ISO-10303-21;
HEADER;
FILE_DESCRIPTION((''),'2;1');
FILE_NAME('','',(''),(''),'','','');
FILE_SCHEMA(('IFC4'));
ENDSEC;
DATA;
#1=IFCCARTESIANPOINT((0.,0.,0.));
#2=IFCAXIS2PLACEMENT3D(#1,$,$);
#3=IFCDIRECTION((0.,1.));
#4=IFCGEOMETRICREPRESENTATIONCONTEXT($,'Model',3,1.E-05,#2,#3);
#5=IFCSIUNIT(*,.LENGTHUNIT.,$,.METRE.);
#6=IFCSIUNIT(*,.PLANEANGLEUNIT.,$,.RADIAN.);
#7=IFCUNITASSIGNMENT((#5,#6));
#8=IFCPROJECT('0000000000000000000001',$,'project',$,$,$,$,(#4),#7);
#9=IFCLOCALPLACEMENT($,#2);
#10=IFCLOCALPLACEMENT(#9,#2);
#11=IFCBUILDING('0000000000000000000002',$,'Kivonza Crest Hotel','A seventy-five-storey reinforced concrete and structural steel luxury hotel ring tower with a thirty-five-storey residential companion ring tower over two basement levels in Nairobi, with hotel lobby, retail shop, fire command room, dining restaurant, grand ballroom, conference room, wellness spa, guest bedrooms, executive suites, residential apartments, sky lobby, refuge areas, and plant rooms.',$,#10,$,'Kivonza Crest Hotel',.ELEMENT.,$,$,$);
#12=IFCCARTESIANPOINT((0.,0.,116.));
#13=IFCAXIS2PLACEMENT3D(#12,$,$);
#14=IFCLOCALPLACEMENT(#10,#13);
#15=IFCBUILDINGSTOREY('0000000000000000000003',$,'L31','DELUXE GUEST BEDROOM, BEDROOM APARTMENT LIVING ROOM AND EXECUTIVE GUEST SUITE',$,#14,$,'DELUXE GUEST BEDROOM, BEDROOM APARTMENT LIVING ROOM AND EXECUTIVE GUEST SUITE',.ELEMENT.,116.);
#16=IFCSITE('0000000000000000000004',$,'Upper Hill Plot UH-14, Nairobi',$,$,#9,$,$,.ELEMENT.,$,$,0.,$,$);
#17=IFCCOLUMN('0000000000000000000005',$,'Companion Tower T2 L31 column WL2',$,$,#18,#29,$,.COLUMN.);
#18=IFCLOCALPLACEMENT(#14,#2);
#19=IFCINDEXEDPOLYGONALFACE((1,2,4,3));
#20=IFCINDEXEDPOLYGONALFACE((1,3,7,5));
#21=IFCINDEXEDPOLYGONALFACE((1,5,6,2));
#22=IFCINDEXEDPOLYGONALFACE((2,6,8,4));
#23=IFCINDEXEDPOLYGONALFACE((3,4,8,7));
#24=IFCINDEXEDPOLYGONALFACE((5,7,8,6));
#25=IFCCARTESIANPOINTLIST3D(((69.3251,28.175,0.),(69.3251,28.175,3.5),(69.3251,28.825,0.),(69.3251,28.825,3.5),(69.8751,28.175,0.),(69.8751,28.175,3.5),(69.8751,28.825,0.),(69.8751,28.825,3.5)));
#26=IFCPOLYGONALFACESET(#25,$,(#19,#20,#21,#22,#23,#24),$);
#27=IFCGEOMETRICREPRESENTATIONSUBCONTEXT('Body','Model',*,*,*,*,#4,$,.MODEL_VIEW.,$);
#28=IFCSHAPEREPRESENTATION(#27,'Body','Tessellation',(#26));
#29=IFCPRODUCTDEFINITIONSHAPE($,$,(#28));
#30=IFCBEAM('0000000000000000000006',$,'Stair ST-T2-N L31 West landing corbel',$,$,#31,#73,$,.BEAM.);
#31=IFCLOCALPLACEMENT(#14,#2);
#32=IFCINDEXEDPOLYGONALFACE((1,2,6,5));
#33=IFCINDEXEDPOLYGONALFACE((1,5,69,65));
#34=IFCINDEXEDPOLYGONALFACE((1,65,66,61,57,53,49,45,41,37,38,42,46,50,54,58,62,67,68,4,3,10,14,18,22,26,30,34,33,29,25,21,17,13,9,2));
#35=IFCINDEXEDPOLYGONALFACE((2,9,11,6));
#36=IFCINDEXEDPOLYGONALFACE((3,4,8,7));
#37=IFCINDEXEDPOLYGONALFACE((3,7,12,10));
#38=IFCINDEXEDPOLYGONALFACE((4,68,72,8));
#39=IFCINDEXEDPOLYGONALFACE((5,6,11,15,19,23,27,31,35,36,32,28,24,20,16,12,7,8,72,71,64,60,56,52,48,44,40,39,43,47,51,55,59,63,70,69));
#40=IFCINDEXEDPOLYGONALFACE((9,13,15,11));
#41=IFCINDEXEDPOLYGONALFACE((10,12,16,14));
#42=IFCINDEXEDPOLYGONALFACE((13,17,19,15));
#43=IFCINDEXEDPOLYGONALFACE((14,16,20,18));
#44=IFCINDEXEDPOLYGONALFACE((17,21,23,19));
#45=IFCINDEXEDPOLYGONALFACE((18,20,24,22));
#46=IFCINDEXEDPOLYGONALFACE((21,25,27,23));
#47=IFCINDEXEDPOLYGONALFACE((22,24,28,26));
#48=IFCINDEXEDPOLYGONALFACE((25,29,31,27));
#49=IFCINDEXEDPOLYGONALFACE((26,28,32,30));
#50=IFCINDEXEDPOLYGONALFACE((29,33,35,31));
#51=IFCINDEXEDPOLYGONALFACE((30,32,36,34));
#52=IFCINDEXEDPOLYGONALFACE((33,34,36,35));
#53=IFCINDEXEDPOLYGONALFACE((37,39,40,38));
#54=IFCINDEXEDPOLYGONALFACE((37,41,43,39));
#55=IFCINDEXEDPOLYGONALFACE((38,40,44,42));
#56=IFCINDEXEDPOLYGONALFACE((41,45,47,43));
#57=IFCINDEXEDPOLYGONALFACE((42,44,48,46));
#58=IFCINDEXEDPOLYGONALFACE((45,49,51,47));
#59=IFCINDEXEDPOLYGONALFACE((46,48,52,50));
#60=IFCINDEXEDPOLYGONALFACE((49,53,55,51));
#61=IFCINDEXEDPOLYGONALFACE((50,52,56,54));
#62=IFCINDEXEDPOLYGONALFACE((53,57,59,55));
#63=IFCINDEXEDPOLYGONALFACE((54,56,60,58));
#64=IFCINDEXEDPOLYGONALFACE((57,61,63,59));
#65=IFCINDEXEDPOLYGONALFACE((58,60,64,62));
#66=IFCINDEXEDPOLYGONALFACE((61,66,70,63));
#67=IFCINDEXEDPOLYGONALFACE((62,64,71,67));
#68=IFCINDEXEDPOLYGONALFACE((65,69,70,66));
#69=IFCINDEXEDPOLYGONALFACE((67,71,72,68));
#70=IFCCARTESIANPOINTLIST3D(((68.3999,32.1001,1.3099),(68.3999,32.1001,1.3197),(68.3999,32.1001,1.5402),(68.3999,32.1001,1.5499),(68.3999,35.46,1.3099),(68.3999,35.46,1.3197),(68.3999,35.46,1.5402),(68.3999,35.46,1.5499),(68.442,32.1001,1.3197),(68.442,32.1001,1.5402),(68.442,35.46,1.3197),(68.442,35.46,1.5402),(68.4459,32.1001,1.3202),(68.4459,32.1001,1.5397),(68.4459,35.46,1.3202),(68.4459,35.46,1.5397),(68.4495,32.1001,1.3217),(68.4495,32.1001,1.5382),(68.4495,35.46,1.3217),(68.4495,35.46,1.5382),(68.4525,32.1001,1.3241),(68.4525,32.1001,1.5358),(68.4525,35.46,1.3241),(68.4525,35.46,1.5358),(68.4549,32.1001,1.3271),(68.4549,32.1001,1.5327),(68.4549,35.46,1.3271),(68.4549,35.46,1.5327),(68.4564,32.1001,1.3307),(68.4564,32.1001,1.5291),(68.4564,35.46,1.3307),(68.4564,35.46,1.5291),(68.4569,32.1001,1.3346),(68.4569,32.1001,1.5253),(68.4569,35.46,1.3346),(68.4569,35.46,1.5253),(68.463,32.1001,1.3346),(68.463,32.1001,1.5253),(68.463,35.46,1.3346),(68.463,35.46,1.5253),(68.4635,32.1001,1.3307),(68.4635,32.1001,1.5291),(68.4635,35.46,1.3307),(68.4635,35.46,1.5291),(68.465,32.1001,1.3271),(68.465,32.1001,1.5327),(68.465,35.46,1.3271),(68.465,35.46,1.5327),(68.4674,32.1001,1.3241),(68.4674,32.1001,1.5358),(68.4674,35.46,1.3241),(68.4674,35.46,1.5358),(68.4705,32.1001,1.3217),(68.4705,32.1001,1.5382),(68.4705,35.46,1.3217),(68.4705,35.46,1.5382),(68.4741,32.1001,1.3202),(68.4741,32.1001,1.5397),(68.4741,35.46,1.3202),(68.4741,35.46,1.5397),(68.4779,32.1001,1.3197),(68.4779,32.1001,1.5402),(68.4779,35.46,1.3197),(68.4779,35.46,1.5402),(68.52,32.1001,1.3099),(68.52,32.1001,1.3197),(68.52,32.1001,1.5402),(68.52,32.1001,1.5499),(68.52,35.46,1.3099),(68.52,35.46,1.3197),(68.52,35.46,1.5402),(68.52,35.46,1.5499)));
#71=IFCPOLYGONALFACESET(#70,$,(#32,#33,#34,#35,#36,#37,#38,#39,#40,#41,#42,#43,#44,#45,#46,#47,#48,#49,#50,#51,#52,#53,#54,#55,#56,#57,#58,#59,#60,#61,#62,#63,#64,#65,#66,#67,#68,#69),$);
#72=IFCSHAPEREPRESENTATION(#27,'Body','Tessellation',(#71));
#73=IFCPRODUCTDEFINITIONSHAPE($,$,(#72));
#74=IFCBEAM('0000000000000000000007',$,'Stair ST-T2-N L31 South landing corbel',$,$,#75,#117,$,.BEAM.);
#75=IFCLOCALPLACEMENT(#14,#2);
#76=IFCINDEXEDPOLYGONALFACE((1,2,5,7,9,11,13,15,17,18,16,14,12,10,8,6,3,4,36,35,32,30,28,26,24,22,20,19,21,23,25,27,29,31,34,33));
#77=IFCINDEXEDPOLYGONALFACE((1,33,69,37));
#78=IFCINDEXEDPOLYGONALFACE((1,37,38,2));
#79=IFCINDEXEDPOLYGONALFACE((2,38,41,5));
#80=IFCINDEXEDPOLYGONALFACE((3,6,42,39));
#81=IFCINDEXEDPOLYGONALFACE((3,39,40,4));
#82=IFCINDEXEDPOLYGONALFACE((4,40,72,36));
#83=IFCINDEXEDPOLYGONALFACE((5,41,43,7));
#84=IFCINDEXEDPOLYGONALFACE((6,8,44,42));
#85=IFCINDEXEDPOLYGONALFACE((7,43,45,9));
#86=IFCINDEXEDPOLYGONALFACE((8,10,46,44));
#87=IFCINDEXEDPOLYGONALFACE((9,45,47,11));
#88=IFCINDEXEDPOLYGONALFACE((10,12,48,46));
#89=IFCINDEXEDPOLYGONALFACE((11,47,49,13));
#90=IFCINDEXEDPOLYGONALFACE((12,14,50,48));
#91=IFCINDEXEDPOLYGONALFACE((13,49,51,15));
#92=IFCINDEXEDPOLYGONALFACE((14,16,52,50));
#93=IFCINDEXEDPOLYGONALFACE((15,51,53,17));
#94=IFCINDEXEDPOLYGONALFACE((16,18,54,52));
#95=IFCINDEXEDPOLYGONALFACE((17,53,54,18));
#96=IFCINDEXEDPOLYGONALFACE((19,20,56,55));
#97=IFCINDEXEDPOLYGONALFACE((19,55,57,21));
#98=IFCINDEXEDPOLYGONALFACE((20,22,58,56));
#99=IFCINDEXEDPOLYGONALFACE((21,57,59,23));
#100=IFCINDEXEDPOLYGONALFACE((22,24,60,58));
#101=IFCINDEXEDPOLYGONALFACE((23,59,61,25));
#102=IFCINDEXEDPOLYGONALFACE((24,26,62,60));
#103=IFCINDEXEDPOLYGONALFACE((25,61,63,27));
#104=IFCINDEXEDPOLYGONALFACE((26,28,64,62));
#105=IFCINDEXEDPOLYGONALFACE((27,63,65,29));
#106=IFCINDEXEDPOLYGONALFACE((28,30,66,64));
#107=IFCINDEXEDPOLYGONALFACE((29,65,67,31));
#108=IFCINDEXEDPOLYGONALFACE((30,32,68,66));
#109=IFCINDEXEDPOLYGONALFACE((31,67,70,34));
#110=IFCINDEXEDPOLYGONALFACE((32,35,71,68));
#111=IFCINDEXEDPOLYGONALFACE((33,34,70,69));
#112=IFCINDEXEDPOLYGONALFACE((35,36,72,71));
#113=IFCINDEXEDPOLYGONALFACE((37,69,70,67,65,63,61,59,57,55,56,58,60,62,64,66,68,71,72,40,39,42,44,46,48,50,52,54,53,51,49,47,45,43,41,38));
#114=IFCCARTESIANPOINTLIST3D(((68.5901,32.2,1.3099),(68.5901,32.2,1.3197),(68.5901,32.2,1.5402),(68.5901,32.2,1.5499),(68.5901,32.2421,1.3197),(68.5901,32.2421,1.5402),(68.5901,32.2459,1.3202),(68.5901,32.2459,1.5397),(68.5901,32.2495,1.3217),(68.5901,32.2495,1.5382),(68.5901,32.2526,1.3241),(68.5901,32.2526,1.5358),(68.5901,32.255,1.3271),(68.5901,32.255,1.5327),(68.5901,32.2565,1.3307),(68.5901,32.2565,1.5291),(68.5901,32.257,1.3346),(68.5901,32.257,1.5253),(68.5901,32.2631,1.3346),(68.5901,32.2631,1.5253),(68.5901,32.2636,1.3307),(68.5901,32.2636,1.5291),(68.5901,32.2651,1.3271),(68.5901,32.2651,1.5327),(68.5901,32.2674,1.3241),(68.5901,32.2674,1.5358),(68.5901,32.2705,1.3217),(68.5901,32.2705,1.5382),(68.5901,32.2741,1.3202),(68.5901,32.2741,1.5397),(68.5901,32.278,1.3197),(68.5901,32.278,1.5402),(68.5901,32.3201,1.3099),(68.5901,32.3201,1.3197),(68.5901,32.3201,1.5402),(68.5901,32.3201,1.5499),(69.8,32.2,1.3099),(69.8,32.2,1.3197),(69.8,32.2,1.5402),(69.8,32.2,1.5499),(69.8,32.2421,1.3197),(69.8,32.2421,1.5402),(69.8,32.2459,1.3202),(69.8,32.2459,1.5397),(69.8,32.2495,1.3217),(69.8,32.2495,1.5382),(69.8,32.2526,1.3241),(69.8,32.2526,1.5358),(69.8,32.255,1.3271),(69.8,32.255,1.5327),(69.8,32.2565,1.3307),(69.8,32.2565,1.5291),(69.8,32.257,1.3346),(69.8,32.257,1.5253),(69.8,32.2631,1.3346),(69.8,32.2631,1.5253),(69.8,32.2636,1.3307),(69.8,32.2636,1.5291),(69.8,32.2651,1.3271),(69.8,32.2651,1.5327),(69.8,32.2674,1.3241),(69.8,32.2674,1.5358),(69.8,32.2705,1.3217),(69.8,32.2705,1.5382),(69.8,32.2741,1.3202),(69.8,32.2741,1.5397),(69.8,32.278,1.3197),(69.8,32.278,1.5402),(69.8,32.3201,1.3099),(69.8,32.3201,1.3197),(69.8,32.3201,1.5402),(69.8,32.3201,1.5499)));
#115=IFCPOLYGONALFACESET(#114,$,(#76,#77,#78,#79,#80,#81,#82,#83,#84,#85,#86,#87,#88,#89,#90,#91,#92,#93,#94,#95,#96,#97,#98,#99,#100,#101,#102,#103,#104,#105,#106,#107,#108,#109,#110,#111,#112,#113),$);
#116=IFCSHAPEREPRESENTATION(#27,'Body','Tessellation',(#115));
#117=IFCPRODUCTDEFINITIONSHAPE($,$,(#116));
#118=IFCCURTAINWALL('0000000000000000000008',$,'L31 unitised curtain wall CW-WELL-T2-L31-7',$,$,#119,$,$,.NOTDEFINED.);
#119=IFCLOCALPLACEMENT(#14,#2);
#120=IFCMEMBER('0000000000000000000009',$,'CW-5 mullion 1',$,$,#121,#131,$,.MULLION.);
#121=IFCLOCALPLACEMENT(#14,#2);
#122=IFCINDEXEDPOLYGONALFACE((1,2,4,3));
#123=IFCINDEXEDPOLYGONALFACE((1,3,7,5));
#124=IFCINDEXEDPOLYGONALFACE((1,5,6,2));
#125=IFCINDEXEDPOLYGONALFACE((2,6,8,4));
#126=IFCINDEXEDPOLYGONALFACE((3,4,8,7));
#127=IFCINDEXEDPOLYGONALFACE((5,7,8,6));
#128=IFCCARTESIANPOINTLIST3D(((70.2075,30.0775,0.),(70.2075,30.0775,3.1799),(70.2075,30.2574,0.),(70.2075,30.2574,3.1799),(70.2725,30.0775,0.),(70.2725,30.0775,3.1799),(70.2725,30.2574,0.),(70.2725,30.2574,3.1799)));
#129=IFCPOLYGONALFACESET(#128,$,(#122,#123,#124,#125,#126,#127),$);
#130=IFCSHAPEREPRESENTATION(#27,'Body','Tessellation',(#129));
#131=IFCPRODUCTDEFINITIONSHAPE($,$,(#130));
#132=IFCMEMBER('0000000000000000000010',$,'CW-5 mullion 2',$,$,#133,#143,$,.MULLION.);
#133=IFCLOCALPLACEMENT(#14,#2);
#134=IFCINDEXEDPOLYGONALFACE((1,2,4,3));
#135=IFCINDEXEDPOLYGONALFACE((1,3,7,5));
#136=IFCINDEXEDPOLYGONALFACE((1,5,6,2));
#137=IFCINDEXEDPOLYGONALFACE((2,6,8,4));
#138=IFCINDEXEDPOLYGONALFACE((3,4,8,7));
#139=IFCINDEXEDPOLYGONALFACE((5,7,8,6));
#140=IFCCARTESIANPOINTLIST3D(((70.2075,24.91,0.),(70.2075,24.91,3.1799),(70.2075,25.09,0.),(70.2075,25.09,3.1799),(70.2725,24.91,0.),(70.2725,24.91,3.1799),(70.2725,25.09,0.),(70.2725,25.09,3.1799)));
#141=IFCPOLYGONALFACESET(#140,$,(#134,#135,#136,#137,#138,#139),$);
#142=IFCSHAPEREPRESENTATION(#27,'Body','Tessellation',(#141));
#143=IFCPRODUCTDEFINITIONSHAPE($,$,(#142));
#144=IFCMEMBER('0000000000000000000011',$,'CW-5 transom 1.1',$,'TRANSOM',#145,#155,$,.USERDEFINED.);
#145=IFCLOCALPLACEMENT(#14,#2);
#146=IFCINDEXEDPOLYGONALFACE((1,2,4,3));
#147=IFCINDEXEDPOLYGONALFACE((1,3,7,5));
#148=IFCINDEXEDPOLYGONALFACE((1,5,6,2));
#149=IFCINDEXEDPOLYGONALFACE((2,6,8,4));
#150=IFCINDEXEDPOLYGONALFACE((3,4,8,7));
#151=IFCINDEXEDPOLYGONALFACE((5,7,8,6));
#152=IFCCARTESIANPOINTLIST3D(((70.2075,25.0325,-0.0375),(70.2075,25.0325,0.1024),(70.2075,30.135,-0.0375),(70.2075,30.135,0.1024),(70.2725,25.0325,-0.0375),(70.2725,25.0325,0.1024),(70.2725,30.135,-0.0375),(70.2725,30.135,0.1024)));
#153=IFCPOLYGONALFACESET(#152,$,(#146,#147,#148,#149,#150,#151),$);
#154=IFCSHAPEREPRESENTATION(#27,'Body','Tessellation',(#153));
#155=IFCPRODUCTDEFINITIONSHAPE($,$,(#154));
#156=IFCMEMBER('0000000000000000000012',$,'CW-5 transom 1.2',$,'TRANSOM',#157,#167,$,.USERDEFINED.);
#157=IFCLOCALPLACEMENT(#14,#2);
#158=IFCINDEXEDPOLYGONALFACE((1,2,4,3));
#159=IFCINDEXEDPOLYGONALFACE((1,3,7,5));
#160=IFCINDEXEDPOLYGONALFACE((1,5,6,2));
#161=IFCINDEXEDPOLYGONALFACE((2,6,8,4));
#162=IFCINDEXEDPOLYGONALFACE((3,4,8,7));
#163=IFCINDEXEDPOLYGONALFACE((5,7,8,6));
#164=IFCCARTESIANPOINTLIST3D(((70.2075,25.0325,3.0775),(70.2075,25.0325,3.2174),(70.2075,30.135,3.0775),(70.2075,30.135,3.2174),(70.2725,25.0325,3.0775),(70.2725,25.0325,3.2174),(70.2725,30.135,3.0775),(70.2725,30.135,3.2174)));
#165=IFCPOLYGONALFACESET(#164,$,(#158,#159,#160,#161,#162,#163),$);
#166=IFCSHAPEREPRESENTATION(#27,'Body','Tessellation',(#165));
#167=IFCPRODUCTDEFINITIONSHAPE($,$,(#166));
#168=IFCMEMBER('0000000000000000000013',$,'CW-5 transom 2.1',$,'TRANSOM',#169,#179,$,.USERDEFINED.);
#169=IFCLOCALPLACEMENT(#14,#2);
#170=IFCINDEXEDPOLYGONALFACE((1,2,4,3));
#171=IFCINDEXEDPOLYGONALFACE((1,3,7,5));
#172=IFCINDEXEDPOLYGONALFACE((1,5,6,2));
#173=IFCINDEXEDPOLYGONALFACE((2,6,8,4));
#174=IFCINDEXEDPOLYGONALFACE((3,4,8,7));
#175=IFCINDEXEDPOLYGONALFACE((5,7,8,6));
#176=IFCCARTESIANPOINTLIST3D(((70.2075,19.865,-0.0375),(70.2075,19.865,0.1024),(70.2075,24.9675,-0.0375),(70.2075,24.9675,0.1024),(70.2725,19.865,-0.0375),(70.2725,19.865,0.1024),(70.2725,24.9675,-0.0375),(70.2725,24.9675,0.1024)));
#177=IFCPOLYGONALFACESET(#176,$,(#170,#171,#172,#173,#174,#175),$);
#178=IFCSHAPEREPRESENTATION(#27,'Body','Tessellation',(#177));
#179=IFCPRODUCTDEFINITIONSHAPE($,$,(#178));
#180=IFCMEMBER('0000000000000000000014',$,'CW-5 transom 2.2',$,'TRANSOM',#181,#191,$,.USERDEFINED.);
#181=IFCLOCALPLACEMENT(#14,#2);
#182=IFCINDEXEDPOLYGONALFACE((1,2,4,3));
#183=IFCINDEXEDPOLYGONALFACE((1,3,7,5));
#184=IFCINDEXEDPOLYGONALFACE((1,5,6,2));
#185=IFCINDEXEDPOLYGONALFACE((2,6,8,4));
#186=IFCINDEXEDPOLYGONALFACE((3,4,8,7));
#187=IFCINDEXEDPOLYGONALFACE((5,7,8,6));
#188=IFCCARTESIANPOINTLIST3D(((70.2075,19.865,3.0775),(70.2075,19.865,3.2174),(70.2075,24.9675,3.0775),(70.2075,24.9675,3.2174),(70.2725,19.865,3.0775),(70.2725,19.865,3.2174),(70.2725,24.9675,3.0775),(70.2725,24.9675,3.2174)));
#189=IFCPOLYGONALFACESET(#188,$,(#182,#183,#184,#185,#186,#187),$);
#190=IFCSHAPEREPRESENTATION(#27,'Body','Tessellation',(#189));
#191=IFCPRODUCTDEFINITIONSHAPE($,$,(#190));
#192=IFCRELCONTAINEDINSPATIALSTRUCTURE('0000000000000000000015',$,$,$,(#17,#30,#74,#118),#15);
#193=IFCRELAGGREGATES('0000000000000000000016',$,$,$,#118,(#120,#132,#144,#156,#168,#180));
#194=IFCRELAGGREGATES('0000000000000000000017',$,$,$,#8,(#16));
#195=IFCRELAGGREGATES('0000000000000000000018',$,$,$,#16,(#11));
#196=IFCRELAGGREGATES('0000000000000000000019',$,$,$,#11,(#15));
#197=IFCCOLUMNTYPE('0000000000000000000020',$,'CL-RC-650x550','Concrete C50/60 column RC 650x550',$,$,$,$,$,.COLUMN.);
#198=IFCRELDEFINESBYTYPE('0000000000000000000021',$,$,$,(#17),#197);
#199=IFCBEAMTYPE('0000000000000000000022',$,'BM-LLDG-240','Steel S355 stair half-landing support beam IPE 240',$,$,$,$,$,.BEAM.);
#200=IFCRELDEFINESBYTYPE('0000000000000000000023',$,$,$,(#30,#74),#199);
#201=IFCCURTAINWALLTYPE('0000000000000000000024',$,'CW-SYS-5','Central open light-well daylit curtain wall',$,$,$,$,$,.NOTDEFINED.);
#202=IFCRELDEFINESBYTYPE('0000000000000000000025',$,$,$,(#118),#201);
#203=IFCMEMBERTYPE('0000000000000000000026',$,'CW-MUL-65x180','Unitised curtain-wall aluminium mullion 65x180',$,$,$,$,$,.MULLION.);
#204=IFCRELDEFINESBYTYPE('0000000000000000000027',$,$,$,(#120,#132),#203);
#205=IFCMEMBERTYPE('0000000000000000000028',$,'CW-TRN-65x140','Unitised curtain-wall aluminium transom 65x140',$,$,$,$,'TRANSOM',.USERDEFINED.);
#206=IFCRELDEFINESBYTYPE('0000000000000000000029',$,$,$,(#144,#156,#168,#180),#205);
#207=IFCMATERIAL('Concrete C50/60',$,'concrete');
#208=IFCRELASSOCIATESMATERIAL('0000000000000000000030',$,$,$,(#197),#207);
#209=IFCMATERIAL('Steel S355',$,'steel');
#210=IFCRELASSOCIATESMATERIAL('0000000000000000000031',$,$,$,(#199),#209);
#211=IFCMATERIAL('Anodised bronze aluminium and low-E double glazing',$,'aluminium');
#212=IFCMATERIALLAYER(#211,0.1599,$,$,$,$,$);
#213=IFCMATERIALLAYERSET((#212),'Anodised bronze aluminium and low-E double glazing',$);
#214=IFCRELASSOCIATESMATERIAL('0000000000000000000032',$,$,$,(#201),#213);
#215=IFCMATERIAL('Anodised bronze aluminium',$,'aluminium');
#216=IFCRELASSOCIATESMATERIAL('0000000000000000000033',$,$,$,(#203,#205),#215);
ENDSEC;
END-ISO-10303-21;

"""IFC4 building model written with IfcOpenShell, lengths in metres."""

from ifc_helpers import new_model, si_unit, direction, frame, origin, origin_2d, place, context, subcontext, project, spatial, rectangle, i_section, extrude, material, layer, layer_set, material_profile, profile_set, type_object, element, aggregate, save


model = new_model("IFC4")

# Units and contexts
model_context = context("Model", 3, precision=1e-05, world=origin(), true_north=direction((0.0, 1.0)))
body_context = subcontext(model_context, "Body", "Model", "MODEL_VIEW")
ifc_project = project(units=[si_unit("LENGTHUNIT", "METRE"), si_unit("PLANEANGLEUNIT", "RADIAN")], contexts=[model_context])

# Site, building, storey
site_placement = place(None, origin())
site = spatial("IfcSite", under=ifc_project, at=site_placement, Name="Upper Hill Plot UH-14, Nairobi", CompositionType="ELEMENT", RefElevation=0.0)
building_placement = place(site_placement, origin())
building = spatial("IfcBuilding", under=site, at=building_placement, Name="Kivonza Crest Hotel", Description="A seventy-five-storey reinforced concrete and structural steel luxury hotel ring tower with a thirty-five-storey residential companion ring tower over two basement levels in Nairobi, with hotel lobby, retail shop, fire command room, dining restaurant, grand ballroom, conference room, wellness spa, guest bedrooms, executive suites, residential apartments, sky lobby, refuge areas, and plant rooms.", LongName="Kivonza Crest Hotel", CompositionType="ELEMENT")
storey_placement = place(building_placement, frame((0.0, 0.0, 116.0)))
storey = spatial("IfcBuildingStorey", under=building, at=storey_placement, Name="L31", Description="DELUXE GUEST BEDROOM, BEDROOM APARTMENT LIVING ROOM AND EXECUTIVE GUEST SUITE", LongName="DELUXE GUEST BEDROOM, BEDROOM APARTMENT LIVING ROOM AND EXECUTIVE GUEST SUITE", CompositionType="ELEMENT", Elevation=116.0)

# Column
ifc_material_1 = material(Name="Concrete C50/60", Category="concrete")
ifc_material_profile_1 = material_profile(ifc_material_1, rectangle(XDim=0.55, YDim=0.6499, at=origin_2d()), Name="RC 650x550")
ifc_profile_set_1 = profile_set([ifc_material_profile_1], Name="Concrete C50/60")
column_type = type_object("IfcColumnType", Name="CL-RC-650x550", Description="Concrete C50/60 column RC 650x550", PredefinedType="COLUMN", material=ifc_profile_set_1)
column_placement = place(storey_placement, frame((69.6001, 28.5, 0.0), z_axis=(0.0, 0.0, 1.0), x_axis=(1.0, 0.0, 0.0)))
element("IfcColumn", 1, at=column_placement, inside=storey, type_object=column_type, Name="Companion Tower T2 L31 column WL2", PredefinedType="COLUMN", context=body_context, shape_type="SweptSolid", body=[
    extrude(rectangle(XDim=0.55, YDim=0.6499, at=origin_2d()), origin(), (0.0, 0.0, 1.0), 3.5),
])

# Beams
ifc_material_2 = material(Name="Steel S355", Category="steel")
ifc_material_profile_2 = material_profile(ifc_material_2, i_section(OverallWidth=0.1201, OverallDepth=0.24, WebThickness=0.0061, FlangeThickness=0.0098, FilletRadius=0.0149, at=origin_2d()), Name="IPE 240")
ifc_profile_set_2 = profile_set([ifc_material_profile_2], Name="Steel S355")
beam_type = type_object("IfcBeamType", Name="BM-LLDG-240", Description="Steel S355 stair half-landing support beam IPE 240", PredefinedType="BEAM", material=ifc_profile_set_2)
beam_1_placement = place(storey_placement, frame((68.46, 32.1001, 1.4299), z_axis=(0.0, 1.0, 0.0), x_axis=(-1.0, 0.0, 0.0)))
element("IfcBeam", 2, at=beam_1_placement, inside=storey, type_object=beam_type, Name="Stair ST-T2-N L31 West landing corbel", PredefinedType="BEAM", context=body_context, shape_type="SweptSolid", body=[
    extrude(i_section(OverallWidth=0.1201, OverallDepth=0.24, WebThickness=0.0061, FlangeThickness=0.0098, FilletRadius=0.0149, at=origin_2d()), origin(), (0.0, 0.0, 1.0), 3.3599),
])
beam_2_placement = place(storey_placement, frame((68.5901, 32.26, 1.4299), z_axis=(1.0, 0.0, 0.0), x_axis=(0.0, 1.0, 0.0)))
element("IfcBeam", 3, at=beam_2_placement, inside=storey, type_object=beam_type, Name="Stair ST-T2-N L31 South landing corbel", PredefinedType="BEAM", context=body_context, shape_type="SweptSolid", body=[
    extrude(i_section(OverallWidth=0.1201, OverallDepth=0.24, WebThickness=0.0061, FlangeThickness=0.0098, FilletRadius=0.0149, at=origin_2d()), origin(), (0.0, 0.0, 1.0), 1.21),
])

# Curtain wall, members
ifc_material_3 = material(Name="Anodised bronze aluminium and low-E double glazing", Category="aluminium")
ifc_layer_1 = layer(ifc_material_3, 0.1599)
ifc_layer_set_1 = layer_set([ifc_layer_1], Name="Anodised bronze aluminium and low-E double glazing")
curtain_wall_type = type_object("IfcCurtainWallType", Name="CW-SYS-5", Description="Central open light-well daylit curtain wall", PredefinedType="NOTDEFINED", material=ifc_layer_set_1)
curtain_wall_placement = place(storey_placement, origin())
curtain_wall = element("IfcCurtainWall", 4, at=curtain_wall_placement, inside=storey, type_object=curtain_wall_type, Name="L31 unitised curtain wall CW-WELL-T2-L31-7", PredefinedType="NOTDEFINED")
ifc_material_4 = material(Name="Anodised bronze aluminium", Category="aluminium")
ifc_material_profile_3 = material_profile(ifc_material_4, rectangle(XDim=0.0649, YDim=0.1799, at=origin_2d()), Name="CW-M 65x180")
ifc_profile_set_3 = profile_set([ifc_material_profile_3], Name="Anodised bronze aluminium")
member_type_1 = type_object("IfcMemberType", Name="CW-MUL-65x180", Description="Unitised curtain-wall aluminium mullion 65x180", PredefinedType="MULLION", material=ifc_profile_set_3)
member_1_placement = place(storey_placement, frame((70.24, 30.1675, 0.0), z_axis=(0.0, 0.0, 1.0), x_axis=(1.0, 0.0, 0.0)))
member_1 = element("IfcMember", 5, at=member_1_placement, type_object=member_type_1, Name="CW-5 mullion 1", PredefinedType="MULLION", context=body_context, shape_type="SweptSolid", body=[
    extrude(rectangle(XDim=0.0649, YDim=0.1799, at=origin_2d()), origin(), (0.0, 0.0, 1.0), 3.1799),
])
member_2_placement = place(storey_placement, frame((70.24, 25.0, 0.0), z_axis=(0.0, 0.0, 1.0), x_axis=(1.0, 0.0, 0.0)))
member_2 = element("IfcMember", 6, at=member_2_placement, type_object=member_type_1, Name="CW-5 mullion 2", PredefinedType="MULLION", context=body_context, shape_type="SweptSolid", body=[
    extrude(rectangle(XDim=0.0649, YDim=0.1799, at=origin_2d()), origin(), (0.0, 0.0, 1.0), 3.1799),
])
ifc_material_profile_4 = material_profile(ifc_material_4, rectangle(XDim=0.0649, YDim=0.1399, at=origin_2d()), Name="CW-T 65x140")
ifc_profile_set_4 = profile_set([ifc_material_profile_4], Name="Anodised bronze aluminium")
member_type_2 = type_object("IfcMemberType", Name="CW-TRN-65x140", Description="Unitised curtain-wall aluminium transom 65x140", ElementType="TRANSOM", PredefinedType="USERDEFINED", material=ifc_profile_set_4)
member_3_placement = place(storey_placement, frame((70.24, 30.135, 0.0325), z_axis=(0.0, -1.0, 0.0), x_axis=(1.0, 0.0, 0.0)))
member_3 = element("IfcMember", 7, at=member_3_placement, type_object=member_type_2, Name="CW-5 transom 1.1", ObjectType="TRANSOM", PredefinedType="USERDEFINED", context=body_context, shape_type="SweptSolid", body=[
    extrude(rectangle(XDim=0.0649, YDim=0.1399, at=origin_2d()), origin(), (0.0, 0.0, 1.0), 5.1025),
])
member_4_placement = place(storey_placement, frame((70.24, 30.135, 3.1475), z_axis=(0.0, -1.0, 0.0), x_axis=(1.0, 0.0, 0.0)))
member_4 = element("IfcMember", 8, at=member_4_placement, type_object=member_type_2, Name="CW-5 transom 1.2", ObjectType="TRANSOM", PredefinedType="USERDEFINED", context=body_context, shape_type="SweptSolid", body=[
    extrude(rectangle(XDim=0.0649, YDim=0.1399, at=origin_2d()), origin(), (0.0, 0.0, 1.0), 5.1025),
])
member_5_placement = place(storey_placement, frame((70.24, 24.9675, 0.0325), z_axis=(0.0, -1.0, 0.0), x_axis=(1.0, 0.0, 0.0)))
member_5 = element("IfcMember", 9, at=member_5_placement, type_object=member_type_2, Name="CW-5 transom 2.1", ObjectType="TRANSOM", PredefinedType="USERDEFINED", context=body_context, shape_type="SweptSolid", body=[
    extrude(rectangle(XDim=0.0649, YDim=0.1399, at=origin_2d()), origin(), (0.0, 0.0, 1.0), 5.1025),
])
member_6_placement = place(storey_placement, frame((70.24, 24.9675, 3.1475), z_axis=(0.0, -1.0, 0.0), x_axis=(1.0, 0.0, 0.0)))
member_6 = element("IfcMember", 10, at=member_6_placement, type_object=member_type_2, Name="CW-5 transom 2.2", ObjectType="TRANSOM", PredefinedType="USERDEFINED", context=body_context, shape_type="SweptSolid", body=[
    extrude(rectangle(XDim=0.0649, YDim=0.1399, at=origin_2d()), origin(), (0.0, 0.0, 1.0), 5.1025),
])
aggregate(curtain_wall, [member_1, member_2, member_3, member_4, member_5, member_6])

save(model, "model.ifc")
